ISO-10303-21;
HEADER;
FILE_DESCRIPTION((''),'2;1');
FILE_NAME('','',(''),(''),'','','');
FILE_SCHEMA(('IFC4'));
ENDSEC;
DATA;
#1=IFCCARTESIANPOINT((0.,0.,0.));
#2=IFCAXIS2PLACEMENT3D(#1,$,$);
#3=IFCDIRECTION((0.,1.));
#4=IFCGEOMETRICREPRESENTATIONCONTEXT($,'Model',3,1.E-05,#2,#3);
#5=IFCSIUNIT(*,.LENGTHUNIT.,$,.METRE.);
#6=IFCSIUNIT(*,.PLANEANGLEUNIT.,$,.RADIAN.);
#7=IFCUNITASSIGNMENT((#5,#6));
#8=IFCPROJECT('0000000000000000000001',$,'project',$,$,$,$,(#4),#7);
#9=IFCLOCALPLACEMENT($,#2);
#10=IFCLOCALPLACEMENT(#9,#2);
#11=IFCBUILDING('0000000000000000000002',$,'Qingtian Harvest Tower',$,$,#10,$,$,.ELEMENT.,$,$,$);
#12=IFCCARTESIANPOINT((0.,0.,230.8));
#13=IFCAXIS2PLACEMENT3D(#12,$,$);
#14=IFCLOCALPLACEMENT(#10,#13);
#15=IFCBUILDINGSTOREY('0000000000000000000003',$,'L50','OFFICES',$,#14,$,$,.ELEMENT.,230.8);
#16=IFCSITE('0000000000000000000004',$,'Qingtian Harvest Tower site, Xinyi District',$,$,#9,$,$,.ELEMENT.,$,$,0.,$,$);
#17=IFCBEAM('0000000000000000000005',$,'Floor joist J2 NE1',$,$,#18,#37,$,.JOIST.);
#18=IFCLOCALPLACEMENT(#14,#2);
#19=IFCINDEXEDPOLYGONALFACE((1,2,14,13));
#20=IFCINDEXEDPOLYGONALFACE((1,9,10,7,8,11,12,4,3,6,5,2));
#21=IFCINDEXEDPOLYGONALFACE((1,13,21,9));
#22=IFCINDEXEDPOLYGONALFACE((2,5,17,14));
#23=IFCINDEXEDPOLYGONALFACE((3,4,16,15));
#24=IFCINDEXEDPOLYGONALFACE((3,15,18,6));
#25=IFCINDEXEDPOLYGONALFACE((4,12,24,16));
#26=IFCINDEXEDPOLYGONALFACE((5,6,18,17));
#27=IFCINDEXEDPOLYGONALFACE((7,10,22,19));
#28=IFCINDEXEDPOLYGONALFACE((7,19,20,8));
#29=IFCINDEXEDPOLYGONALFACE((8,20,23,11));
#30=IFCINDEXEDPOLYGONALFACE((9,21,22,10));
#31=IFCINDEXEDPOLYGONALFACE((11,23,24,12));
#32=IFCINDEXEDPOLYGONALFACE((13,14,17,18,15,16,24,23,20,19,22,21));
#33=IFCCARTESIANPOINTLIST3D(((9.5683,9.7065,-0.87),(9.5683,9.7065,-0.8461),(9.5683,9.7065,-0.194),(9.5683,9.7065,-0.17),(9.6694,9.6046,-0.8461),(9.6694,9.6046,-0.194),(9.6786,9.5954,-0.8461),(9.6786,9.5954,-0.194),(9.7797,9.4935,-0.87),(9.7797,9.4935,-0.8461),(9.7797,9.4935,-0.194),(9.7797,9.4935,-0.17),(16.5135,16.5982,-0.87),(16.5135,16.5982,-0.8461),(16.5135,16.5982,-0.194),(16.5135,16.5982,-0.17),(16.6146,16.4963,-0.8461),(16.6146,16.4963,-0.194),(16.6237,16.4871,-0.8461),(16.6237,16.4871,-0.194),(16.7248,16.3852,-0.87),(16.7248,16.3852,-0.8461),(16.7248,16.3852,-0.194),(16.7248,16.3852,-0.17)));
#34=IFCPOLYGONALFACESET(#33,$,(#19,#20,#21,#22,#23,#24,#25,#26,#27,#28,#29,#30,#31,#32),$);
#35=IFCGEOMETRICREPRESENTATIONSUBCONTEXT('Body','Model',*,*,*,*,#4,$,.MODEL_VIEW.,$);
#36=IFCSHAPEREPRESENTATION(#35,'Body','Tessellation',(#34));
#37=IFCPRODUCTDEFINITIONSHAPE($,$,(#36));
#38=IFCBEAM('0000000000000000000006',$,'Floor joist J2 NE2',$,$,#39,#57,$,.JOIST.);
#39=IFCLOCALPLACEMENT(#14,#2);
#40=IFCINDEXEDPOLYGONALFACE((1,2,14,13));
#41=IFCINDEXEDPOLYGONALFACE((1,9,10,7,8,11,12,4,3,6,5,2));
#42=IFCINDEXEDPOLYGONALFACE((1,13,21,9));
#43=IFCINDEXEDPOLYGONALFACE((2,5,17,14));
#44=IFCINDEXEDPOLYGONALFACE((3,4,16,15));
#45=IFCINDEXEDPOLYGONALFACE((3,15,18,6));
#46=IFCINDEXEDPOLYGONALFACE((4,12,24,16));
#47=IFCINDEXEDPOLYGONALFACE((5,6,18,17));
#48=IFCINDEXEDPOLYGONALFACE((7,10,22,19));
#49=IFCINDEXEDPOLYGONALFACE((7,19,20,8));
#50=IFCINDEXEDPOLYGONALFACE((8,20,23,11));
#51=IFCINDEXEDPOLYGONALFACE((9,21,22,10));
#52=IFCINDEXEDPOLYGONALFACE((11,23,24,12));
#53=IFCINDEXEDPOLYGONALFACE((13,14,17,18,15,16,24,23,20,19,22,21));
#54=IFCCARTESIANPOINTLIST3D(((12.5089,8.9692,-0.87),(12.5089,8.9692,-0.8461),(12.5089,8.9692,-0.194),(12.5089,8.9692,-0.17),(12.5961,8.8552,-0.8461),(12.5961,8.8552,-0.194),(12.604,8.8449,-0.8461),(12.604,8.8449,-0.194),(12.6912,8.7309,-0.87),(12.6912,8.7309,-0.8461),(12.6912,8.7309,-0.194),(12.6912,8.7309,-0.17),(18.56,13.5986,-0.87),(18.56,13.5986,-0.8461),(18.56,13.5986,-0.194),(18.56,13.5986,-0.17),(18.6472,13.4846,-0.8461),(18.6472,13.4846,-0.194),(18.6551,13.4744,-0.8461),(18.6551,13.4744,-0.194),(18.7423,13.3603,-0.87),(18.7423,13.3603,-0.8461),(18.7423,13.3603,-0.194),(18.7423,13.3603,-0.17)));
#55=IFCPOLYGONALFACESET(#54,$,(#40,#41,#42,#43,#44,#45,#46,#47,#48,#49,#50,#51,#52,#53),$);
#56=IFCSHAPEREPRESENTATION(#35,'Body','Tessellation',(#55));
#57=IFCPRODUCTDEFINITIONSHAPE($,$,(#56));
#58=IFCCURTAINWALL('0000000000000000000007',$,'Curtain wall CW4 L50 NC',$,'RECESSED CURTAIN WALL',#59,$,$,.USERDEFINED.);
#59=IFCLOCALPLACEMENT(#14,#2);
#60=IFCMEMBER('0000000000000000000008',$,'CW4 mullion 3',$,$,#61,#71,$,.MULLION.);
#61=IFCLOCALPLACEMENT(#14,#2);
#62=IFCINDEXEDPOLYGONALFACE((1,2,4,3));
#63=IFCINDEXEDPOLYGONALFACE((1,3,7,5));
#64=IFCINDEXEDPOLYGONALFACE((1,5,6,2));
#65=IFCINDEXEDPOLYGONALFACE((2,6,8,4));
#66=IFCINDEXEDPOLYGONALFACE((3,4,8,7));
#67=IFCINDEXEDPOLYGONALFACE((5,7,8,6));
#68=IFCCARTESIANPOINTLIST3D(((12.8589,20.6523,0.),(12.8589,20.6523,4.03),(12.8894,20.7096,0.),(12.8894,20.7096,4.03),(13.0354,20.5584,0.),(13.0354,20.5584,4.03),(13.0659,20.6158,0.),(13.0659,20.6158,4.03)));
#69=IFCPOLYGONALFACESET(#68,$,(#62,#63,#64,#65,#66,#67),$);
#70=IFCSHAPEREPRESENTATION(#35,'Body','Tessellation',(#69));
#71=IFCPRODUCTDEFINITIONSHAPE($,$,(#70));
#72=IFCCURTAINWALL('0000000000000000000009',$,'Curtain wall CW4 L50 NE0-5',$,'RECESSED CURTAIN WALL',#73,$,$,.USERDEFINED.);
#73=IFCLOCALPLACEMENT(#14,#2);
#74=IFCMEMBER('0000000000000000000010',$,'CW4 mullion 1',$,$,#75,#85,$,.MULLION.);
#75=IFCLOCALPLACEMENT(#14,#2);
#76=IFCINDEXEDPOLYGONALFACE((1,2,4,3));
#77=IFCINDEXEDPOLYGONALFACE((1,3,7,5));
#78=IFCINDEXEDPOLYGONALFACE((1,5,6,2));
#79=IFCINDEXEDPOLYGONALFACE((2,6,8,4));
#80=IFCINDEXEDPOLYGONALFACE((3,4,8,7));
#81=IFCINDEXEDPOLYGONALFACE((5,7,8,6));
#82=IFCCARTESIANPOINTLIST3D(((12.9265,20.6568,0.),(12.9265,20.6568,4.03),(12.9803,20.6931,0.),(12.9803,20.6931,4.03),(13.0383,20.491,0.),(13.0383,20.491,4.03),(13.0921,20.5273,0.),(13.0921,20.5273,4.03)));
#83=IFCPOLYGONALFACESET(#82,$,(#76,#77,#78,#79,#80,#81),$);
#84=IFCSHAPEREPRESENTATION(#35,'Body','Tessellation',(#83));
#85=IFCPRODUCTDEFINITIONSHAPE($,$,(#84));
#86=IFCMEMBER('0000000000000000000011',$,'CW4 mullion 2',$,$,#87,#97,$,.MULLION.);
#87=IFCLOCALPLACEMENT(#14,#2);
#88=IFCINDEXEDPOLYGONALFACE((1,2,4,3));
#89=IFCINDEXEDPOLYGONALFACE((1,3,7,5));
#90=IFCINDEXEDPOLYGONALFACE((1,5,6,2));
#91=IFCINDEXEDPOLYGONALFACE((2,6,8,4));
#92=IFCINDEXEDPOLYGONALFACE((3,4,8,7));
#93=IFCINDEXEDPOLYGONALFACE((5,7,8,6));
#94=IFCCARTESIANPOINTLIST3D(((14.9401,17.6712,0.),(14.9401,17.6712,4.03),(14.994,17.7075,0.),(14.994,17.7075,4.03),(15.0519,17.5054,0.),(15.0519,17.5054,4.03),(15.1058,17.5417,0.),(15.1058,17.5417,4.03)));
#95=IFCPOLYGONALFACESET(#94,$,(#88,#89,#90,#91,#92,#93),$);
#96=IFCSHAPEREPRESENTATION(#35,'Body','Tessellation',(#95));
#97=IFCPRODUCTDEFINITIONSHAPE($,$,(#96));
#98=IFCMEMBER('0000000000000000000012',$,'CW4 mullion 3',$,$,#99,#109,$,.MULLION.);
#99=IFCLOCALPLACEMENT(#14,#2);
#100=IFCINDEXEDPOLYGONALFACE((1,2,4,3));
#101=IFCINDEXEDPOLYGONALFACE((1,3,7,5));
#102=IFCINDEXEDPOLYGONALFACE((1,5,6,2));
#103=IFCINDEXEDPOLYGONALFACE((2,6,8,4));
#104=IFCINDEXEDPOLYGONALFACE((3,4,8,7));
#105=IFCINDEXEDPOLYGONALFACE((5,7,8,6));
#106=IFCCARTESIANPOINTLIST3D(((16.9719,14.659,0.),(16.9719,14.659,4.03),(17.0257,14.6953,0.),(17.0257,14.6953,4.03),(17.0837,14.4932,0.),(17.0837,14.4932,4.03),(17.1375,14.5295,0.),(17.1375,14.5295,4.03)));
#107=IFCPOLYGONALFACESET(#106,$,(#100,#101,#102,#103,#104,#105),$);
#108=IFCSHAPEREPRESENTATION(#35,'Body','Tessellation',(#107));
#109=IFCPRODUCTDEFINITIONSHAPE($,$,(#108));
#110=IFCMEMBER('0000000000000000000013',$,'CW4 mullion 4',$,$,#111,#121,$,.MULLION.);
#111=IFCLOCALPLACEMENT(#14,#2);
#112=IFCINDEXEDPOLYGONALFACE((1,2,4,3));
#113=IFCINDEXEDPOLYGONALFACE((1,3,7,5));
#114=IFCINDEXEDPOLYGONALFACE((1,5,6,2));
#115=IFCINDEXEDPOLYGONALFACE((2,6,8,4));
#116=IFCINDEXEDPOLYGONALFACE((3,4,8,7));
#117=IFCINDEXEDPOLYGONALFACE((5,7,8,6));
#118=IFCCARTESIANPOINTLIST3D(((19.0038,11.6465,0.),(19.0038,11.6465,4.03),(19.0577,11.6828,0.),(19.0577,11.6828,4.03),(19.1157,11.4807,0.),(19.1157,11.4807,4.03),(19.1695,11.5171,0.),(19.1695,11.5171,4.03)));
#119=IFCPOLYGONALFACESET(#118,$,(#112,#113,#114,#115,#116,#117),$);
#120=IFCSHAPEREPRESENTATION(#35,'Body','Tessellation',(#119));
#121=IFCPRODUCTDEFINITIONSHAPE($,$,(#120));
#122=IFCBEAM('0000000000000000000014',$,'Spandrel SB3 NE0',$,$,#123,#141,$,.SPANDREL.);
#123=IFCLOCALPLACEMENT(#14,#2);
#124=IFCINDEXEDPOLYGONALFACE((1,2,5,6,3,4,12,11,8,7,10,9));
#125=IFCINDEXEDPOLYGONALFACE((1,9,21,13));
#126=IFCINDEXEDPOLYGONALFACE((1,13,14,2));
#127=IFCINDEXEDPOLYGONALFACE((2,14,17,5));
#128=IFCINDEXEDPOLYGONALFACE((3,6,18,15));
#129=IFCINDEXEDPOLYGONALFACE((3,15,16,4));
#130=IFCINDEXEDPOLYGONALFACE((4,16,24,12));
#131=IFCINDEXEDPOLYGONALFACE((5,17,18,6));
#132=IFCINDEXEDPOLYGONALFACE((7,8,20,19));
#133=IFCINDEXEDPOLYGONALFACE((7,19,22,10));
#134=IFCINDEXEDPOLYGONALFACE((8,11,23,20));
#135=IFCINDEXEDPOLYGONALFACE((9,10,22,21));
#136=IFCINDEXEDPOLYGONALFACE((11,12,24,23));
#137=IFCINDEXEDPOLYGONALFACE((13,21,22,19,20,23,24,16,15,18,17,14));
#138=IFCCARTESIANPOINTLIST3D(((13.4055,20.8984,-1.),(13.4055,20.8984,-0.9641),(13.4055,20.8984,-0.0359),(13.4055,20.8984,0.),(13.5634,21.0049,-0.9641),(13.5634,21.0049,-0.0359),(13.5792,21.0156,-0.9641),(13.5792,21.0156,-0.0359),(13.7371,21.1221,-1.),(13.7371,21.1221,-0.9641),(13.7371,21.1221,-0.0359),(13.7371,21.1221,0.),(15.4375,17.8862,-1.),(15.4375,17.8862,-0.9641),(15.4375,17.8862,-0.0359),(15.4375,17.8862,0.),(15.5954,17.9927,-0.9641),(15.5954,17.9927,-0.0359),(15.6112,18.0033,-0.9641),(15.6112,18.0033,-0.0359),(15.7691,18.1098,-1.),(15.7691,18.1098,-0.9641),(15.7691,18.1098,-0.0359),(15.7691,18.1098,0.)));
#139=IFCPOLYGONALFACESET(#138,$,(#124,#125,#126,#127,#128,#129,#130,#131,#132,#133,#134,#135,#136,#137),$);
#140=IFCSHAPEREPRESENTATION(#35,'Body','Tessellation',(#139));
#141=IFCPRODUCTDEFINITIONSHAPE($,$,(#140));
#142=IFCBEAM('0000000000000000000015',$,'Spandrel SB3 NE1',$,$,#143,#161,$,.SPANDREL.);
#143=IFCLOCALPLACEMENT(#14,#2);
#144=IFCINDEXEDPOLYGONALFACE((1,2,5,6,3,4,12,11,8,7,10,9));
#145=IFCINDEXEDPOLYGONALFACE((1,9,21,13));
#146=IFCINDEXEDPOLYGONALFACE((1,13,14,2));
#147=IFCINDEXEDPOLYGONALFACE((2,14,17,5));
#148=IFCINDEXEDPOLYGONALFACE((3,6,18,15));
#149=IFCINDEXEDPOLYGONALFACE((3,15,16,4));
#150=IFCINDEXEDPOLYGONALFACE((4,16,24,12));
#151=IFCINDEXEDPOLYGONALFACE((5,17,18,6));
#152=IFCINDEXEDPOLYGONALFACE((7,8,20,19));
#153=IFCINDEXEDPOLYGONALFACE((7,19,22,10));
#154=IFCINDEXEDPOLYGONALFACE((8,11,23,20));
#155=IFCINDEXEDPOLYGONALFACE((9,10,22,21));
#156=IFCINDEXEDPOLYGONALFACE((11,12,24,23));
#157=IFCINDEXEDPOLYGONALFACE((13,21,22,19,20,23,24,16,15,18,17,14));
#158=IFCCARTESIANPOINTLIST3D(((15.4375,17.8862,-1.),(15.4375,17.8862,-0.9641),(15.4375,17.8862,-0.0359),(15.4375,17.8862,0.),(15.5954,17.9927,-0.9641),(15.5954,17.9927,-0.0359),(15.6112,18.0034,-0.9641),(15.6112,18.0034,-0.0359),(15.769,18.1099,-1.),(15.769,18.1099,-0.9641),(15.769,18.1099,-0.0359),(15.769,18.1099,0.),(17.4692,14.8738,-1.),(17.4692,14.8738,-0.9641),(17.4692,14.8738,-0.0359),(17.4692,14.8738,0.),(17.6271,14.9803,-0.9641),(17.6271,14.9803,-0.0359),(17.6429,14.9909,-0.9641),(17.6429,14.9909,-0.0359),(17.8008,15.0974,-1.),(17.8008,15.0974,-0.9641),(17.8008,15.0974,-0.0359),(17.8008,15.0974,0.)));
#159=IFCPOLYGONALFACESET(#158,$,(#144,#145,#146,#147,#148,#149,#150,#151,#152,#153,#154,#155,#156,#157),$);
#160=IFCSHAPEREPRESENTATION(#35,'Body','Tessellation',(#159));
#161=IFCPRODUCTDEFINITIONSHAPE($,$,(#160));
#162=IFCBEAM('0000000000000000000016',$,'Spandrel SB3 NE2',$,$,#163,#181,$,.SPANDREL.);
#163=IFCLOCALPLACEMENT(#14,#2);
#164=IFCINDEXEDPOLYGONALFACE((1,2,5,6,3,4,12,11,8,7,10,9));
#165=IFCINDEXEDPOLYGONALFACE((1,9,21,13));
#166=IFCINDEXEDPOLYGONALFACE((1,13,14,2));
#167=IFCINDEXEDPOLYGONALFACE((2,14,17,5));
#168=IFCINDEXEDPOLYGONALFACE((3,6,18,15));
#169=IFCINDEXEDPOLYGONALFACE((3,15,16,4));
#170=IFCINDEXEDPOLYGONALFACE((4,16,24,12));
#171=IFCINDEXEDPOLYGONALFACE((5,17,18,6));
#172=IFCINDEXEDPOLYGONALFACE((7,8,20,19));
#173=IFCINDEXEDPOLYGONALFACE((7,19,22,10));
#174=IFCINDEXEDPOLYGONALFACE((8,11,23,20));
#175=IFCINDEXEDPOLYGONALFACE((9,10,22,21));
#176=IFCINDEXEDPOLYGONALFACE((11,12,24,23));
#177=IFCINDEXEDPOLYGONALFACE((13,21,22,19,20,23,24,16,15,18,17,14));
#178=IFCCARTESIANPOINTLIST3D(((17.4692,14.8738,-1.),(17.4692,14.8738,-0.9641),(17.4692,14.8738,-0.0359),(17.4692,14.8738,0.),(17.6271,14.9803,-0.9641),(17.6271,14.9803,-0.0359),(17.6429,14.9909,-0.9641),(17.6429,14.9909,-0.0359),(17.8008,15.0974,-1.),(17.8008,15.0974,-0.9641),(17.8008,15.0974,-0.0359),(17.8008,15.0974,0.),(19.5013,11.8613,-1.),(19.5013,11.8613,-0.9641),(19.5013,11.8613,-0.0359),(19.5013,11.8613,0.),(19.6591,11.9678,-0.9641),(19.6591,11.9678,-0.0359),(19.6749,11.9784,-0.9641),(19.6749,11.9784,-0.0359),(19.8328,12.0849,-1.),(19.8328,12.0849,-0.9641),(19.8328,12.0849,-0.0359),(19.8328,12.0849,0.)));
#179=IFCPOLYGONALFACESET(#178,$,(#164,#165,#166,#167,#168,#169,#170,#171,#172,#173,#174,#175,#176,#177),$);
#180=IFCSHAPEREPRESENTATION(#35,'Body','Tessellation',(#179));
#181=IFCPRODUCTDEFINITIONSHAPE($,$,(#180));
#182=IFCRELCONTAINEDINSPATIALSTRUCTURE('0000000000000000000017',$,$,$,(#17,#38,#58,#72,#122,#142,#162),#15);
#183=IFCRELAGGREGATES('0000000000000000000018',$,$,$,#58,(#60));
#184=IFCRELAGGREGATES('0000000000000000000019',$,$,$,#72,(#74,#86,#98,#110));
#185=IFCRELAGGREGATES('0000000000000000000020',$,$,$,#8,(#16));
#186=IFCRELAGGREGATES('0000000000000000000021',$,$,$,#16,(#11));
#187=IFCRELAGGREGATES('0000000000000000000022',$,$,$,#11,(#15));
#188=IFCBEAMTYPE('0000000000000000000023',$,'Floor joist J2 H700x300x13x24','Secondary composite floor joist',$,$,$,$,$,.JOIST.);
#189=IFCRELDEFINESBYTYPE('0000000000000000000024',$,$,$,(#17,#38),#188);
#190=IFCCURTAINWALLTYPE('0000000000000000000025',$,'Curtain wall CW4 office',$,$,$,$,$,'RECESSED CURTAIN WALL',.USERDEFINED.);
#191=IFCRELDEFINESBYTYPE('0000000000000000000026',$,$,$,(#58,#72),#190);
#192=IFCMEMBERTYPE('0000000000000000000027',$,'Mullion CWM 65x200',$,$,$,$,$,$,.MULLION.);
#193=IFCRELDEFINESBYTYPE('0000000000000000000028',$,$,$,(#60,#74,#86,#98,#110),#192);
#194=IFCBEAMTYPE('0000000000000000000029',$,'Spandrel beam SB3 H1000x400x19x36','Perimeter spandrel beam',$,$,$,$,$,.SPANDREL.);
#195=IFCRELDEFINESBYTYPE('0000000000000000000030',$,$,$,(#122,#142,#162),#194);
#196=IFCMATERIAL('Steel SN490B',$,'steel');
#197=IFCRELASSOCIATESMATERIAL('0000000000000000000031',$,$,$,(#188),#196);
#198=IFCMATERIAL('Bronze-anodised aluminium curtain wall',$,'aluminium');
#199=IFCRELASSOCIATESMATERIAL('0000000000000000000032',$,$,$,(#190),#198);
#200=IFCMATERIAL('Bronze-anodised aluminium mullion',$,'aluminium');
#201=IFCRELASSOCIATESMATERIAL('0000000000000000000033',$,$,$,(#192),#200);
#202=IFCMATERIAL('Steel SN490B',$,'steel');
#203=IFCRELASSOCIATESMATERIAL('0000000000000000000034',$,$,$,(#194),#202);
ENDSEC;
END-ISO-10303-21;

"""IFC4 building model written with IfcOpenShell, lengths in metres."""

from ifc_helpers import new_model, si_unit, direction, frame, origin, origin_2d, place, context, subcontext, project, spatial, rectangle, i_section, extrude, material, material_profile, profile_set, type_object, element, aggregate, save


model = new_model("IFC4")

# Units and contexts
model_context = context("Model", 3, precision=1e-05, world=origin(), true_north=direction((0.0, 1.0)))
body_context = subcontext(model_context, "Body", "Model", "MODEL_VIEW")
ifc_project = project(units=[si_unit("LENGTHUNIT", "METRE"), si_unit("PLANEANGLEUNIT", "RADIAN")], contexts=[model_context])

# Site, building, storey
site_placement = place(None, origin())
site = spatial("IfcSite", under=ifc_project, at=site_placement, Name="Qingtian Harvest Tower site, Xinyi District", CompositionType="ELEMENT", RefElevation=0.0)
building_placement = place(site_placement, origin())
building = spatial("IfcBuilding", under=site, at=building_placement, Name="Qingtian Harvest Tower", CompositionType="ELEMENT")
storey_placement = place(building_placement, frame((0.0, 0.0, 230.8)))
storey = spatial("IfcBuildingStorey", under=building, at=storey_placement, Name="L50", Description="OFFICES", CompositionType="ELEMENT", Elevation=230.8)

# Beams
ifc_material_1 = material(Name="Steel SN490B", Category="steel")
ifc_material_profile_1 = material_profile(ifc_material_1, i_section(OverallWidth=0.3, OverallDepth=0.7, WebThickness=0.0129, FlangeThickness=0.0239, at=origin_2d()), Name="H700x300x13x24")
ifc_profile_set_1 = profile_set([ifc_material_profile_1], Name="Steel SN490B")
beam_type_1 = type_object("IfcBeamType", Name="Floor joist J2 H700x300x13x24", Description="Secondary composite floor joist", PredefinedType="JOIST", material=ifc_profile_set_1)
beam_1_placement = place(storey_placement, frame((16.6191, 16.4917, -0.52), z_axis=(-0.709834, -0.704369, 0.0), x_axis=(0.704369, -0.709834, 0.0)))
element("IfcBeam", 1, at=beam_1_placement, inside=storey, type_object=beam_type_1, Name="Floor joist J2 NE1", PredefinedType="JOIST", context=body_context, shape_type="SweptSolid", body=[
    extrude(i_section(OverallWidth=0.3, OverallDepth=0.7, WebThickness=0.0129, FlangeThickness=0.0239, at=origin_2d()), origin(), (0.0, 0.0, 1.0), 9.7842),
])
beam_2_placement = place(storey_placement, frame((18.6511, 13.4795, -0.52), z_axis=(-0.794222, -0.607627, 0.0), x_axis=(0.607627, -0.794222, 0.0)))
element("IfcBeam", 2, at=beam_2_placement, inside=storey, type_object=beam_type_1, Name="Floor joist J2 NE2", PredefinedType="JOIST", context=body_context, shape_type="SweptSolid", body=[
    extrude(i_section(OverallWidth=0.3, OverallDepth=0.7, WebThickness=0.0129, FlangeThickness=0.0239, at=origin_2d()), origin(), (0.0, 0.0, 1.0), 7.6189),
])

# Curtain wall, member
ifc_material_2 = material(Name="Bronze-anodised aluminium curtain wall", Category="aluminium")
curtain_wall_type = type_object("IfcCurtainWallType", Name="Curtain wall CW4 office", ElementType="RECESSED CURTAIN WALL", PredefinedType="USERDEFINED", material=ifc_material_2)
curtain_wall_1_placement = place(storey_placement, origin())
curtain_wall_1 = element("IfcCurtainWall", 3, at=curtain_wall_1_placement, inside=storey, type_object=curtain_wall_type, Name="Curtain wall CW4 L50 NC", ObjectType="RECESSED CURTAIN WALL", PredefinedType="USERDEFINED")
ifc_material_3 = material(Name="Bronze-anodised aluminium mullion", Category="aluminium")
ifc_material_profile_2 = material_profile(ifc_material_3, rectangle(XDim=0.0649, YDim=0.2, at=origin_2d()), Name="AL 65x200")
ifc_profile_set_2 = profile_set([ifc_material_profile_2], Name="Bronze-anodised aluminium mullion")
member_type_1 = type_object("IfcMemberType", Name="Mullion CWM 65x200", PredefinedType="MULLION", material=ifc_profile_set_2)
member_1_placement = place(storey_placement, frame((12.9624, 20.634, 0.0), z_axis=(0.0, 0.0, 1.0), x_axis=(0.469472, 0.882948, 0.0)))
member_1 = element("IfcMember", 4, at=member_1_placement, type_object=member_type_1, Name="CW4 mullion 3", PredefinedType="MULLION", context=body_context, shape_type="SweptSolid", body=[
    extrude(rectangle(XDim=0.0649, YDim=0.2, at=origin_2d()), origin(), (0.0, 0.0, 1.0), 4.03),
])

# Curtain wall, members
curtain_wall_2_placement = place(storey_placement, origin())
curtain_wall_2 = element("IfcCurtainWall", 5, at=curtain_wall_2_placement, inside=storey, type_object=curtain_wall_type, Name="Curtain wall CW4 L50 NE0-5", ObjectType="RECESSED CURTAIN WALL", PredefinedType="USERDEFINED")
member_2_placement = place(storey_placement, frame((13.0093, 20.592, 0.0), z_axis=(0.0, 0.0, 1.0), x_axis=(0.829038, 0.559193, 0.0)))
member_2 = element("IfcMember", 6, at=member_2_placement, type_object=member_type_1, Name="CW4 mullion 1", PredefinedType="MULLION", context=body_context, shape_type="SweptSolid", body=[
    extrude(rectangle(XDim=0.0649, YDim=0.2, at=origin_2d()), origin(), (0.0, 0.0, 1.0), 4.03),
])
member_3_placement = place(storey_placement, frame((15.0229, 17.6064, 0.0), z_axis=(0.0, 0.0, 1.0), x_axis=(0.829038, 0.559193, 0.0)))
member_3 = element("IfcMember", 7, at=member_3_placement, type_object=member_type_1, Name="CW4 mullion 2", PredefinedType="MULLION", context=body_context, shape_type="SweptSolid", body=[
    extrude(rectangle(XDim=0.0649, YDim=0.2, at=origin_2d()), origin(), (0.0, 0.0, 1.0), 4.03),
])
member_4_placement = place(storey_placement, frame((17.0547, 14.5942, 0.0), z_axis=(0.0, 0.0, 1.0), x_axis=(0.829038, 0.559193, 0.0)))
member_4 = element("IfcMember", 8, at=member_4_placement, type_object=member_type_1, Name="CW4 mullion 3", PredefinedType="MULLION", context=body_context, shape_type="SweptSolid", body=[
    extrude(rectangle(XDim=0.0649, YDim=0.2, at=origin_2d()), origin(), (0.0, 0.0, 1.0), 4.03),
])
member_5_placement = place(storey_placement, frame((19.0867, 11.5818, 0.0), z_axis=(0.0, 0.0, 1.0), x_axis=(0.829038, 0.559193, 0.0)))
member_5 = element("IfcMember", 9, at=member_5_placement, type_object=member_type_1, Name="CW4 mullion 4", PredefinedType="MULLION", context=body_context, shape_type="SweptSolid", body=[
    extrude(rectangle(XDim=0.0649, YDim=0.2, at=origin_2d()), origin(), (0.0, 0.0, 1.0), 4.03),
])

# Beams
ifc_material_4 = material(Name="Steel SN490B", Category="steel")
ifc_material_profile_3 = material_profile(ifc_material_4, i_section(OverallWidth=0.3999, OverallDepth=1.0, WebThickness=0.019, FlangeThickness=0.0359, at=origin_2d()), Name="H1000x400x19x36")
ifc_profile_set_3 = profile_set([ifc_material_profile_3], Name="Steel SN490B")
beam_type_2 = type_object("IfcBeamType", Name="Spandrel beam SB3 H1000x400x19x36", Description="Perimeter spandrel beam", PredefinedType="SPANDREL", material=ifc_profile_set_3)
for number, where, z_axis, x_axis, name in (
    (10, (13.5713, 21.0103, -0.5), (0.559235, -0.829009, 0.0), (0.829009, 0.559235, 0.0), "Spandrel SB3 NE0"),
    (11, (15.6033, 17.998, -0.5), (0.559158, -0.829061, 0.0), (0.829061, 0.559158, 0.0), "Spandrel SB3 NE1"),
):
    element("IfcBeam", number, at=place(storey_placement, frame(where, z_axis=z_axis, x_axis=x_axis)), inside=storey, type_object=beam_type_2, Name=name, PredefinedType="SPANDREL", context=body_context, shape_type="SweptSolid", body=[
        extrude(i_section(OverallWidth=0.3999, OverallDepth=1.0, WebThickness=0.019, FlangeThickness=0.0359, at=origin_2d()), origin(), (0.0, 0.0, 1.0), 3.6335),
    ])
beam_3_placement = place(storey_placement, frame((17.635, 14.9856, -0.5), z_axis=(0.559204, -0.82903, 0.0), x_axis=(0.82903, 0.559204, 0.0)))
element("IfcBeam", 12, at=beam_3_placement, inside=storey, type_object=beam_type_2, Name="Spandrel SB3 NE2", PredefinedType="SPANDREL", context=body_context, shape_type="SweptSolid", body=[
    extrude(i_section(OverallWidth=0.3999, OverallDepth=1.0, WebThickness=0.019, FlangeThickness=0.0359, at=origin_2d()), origin(), (0.0, 0.0, 1.0), 3.6338),
])

aggregate(curtain_wall_1, [member_1])
aggregate(curtain_wall_2, [member_2, member_3, member_4, member_5])

save(model, "model.ifc")
